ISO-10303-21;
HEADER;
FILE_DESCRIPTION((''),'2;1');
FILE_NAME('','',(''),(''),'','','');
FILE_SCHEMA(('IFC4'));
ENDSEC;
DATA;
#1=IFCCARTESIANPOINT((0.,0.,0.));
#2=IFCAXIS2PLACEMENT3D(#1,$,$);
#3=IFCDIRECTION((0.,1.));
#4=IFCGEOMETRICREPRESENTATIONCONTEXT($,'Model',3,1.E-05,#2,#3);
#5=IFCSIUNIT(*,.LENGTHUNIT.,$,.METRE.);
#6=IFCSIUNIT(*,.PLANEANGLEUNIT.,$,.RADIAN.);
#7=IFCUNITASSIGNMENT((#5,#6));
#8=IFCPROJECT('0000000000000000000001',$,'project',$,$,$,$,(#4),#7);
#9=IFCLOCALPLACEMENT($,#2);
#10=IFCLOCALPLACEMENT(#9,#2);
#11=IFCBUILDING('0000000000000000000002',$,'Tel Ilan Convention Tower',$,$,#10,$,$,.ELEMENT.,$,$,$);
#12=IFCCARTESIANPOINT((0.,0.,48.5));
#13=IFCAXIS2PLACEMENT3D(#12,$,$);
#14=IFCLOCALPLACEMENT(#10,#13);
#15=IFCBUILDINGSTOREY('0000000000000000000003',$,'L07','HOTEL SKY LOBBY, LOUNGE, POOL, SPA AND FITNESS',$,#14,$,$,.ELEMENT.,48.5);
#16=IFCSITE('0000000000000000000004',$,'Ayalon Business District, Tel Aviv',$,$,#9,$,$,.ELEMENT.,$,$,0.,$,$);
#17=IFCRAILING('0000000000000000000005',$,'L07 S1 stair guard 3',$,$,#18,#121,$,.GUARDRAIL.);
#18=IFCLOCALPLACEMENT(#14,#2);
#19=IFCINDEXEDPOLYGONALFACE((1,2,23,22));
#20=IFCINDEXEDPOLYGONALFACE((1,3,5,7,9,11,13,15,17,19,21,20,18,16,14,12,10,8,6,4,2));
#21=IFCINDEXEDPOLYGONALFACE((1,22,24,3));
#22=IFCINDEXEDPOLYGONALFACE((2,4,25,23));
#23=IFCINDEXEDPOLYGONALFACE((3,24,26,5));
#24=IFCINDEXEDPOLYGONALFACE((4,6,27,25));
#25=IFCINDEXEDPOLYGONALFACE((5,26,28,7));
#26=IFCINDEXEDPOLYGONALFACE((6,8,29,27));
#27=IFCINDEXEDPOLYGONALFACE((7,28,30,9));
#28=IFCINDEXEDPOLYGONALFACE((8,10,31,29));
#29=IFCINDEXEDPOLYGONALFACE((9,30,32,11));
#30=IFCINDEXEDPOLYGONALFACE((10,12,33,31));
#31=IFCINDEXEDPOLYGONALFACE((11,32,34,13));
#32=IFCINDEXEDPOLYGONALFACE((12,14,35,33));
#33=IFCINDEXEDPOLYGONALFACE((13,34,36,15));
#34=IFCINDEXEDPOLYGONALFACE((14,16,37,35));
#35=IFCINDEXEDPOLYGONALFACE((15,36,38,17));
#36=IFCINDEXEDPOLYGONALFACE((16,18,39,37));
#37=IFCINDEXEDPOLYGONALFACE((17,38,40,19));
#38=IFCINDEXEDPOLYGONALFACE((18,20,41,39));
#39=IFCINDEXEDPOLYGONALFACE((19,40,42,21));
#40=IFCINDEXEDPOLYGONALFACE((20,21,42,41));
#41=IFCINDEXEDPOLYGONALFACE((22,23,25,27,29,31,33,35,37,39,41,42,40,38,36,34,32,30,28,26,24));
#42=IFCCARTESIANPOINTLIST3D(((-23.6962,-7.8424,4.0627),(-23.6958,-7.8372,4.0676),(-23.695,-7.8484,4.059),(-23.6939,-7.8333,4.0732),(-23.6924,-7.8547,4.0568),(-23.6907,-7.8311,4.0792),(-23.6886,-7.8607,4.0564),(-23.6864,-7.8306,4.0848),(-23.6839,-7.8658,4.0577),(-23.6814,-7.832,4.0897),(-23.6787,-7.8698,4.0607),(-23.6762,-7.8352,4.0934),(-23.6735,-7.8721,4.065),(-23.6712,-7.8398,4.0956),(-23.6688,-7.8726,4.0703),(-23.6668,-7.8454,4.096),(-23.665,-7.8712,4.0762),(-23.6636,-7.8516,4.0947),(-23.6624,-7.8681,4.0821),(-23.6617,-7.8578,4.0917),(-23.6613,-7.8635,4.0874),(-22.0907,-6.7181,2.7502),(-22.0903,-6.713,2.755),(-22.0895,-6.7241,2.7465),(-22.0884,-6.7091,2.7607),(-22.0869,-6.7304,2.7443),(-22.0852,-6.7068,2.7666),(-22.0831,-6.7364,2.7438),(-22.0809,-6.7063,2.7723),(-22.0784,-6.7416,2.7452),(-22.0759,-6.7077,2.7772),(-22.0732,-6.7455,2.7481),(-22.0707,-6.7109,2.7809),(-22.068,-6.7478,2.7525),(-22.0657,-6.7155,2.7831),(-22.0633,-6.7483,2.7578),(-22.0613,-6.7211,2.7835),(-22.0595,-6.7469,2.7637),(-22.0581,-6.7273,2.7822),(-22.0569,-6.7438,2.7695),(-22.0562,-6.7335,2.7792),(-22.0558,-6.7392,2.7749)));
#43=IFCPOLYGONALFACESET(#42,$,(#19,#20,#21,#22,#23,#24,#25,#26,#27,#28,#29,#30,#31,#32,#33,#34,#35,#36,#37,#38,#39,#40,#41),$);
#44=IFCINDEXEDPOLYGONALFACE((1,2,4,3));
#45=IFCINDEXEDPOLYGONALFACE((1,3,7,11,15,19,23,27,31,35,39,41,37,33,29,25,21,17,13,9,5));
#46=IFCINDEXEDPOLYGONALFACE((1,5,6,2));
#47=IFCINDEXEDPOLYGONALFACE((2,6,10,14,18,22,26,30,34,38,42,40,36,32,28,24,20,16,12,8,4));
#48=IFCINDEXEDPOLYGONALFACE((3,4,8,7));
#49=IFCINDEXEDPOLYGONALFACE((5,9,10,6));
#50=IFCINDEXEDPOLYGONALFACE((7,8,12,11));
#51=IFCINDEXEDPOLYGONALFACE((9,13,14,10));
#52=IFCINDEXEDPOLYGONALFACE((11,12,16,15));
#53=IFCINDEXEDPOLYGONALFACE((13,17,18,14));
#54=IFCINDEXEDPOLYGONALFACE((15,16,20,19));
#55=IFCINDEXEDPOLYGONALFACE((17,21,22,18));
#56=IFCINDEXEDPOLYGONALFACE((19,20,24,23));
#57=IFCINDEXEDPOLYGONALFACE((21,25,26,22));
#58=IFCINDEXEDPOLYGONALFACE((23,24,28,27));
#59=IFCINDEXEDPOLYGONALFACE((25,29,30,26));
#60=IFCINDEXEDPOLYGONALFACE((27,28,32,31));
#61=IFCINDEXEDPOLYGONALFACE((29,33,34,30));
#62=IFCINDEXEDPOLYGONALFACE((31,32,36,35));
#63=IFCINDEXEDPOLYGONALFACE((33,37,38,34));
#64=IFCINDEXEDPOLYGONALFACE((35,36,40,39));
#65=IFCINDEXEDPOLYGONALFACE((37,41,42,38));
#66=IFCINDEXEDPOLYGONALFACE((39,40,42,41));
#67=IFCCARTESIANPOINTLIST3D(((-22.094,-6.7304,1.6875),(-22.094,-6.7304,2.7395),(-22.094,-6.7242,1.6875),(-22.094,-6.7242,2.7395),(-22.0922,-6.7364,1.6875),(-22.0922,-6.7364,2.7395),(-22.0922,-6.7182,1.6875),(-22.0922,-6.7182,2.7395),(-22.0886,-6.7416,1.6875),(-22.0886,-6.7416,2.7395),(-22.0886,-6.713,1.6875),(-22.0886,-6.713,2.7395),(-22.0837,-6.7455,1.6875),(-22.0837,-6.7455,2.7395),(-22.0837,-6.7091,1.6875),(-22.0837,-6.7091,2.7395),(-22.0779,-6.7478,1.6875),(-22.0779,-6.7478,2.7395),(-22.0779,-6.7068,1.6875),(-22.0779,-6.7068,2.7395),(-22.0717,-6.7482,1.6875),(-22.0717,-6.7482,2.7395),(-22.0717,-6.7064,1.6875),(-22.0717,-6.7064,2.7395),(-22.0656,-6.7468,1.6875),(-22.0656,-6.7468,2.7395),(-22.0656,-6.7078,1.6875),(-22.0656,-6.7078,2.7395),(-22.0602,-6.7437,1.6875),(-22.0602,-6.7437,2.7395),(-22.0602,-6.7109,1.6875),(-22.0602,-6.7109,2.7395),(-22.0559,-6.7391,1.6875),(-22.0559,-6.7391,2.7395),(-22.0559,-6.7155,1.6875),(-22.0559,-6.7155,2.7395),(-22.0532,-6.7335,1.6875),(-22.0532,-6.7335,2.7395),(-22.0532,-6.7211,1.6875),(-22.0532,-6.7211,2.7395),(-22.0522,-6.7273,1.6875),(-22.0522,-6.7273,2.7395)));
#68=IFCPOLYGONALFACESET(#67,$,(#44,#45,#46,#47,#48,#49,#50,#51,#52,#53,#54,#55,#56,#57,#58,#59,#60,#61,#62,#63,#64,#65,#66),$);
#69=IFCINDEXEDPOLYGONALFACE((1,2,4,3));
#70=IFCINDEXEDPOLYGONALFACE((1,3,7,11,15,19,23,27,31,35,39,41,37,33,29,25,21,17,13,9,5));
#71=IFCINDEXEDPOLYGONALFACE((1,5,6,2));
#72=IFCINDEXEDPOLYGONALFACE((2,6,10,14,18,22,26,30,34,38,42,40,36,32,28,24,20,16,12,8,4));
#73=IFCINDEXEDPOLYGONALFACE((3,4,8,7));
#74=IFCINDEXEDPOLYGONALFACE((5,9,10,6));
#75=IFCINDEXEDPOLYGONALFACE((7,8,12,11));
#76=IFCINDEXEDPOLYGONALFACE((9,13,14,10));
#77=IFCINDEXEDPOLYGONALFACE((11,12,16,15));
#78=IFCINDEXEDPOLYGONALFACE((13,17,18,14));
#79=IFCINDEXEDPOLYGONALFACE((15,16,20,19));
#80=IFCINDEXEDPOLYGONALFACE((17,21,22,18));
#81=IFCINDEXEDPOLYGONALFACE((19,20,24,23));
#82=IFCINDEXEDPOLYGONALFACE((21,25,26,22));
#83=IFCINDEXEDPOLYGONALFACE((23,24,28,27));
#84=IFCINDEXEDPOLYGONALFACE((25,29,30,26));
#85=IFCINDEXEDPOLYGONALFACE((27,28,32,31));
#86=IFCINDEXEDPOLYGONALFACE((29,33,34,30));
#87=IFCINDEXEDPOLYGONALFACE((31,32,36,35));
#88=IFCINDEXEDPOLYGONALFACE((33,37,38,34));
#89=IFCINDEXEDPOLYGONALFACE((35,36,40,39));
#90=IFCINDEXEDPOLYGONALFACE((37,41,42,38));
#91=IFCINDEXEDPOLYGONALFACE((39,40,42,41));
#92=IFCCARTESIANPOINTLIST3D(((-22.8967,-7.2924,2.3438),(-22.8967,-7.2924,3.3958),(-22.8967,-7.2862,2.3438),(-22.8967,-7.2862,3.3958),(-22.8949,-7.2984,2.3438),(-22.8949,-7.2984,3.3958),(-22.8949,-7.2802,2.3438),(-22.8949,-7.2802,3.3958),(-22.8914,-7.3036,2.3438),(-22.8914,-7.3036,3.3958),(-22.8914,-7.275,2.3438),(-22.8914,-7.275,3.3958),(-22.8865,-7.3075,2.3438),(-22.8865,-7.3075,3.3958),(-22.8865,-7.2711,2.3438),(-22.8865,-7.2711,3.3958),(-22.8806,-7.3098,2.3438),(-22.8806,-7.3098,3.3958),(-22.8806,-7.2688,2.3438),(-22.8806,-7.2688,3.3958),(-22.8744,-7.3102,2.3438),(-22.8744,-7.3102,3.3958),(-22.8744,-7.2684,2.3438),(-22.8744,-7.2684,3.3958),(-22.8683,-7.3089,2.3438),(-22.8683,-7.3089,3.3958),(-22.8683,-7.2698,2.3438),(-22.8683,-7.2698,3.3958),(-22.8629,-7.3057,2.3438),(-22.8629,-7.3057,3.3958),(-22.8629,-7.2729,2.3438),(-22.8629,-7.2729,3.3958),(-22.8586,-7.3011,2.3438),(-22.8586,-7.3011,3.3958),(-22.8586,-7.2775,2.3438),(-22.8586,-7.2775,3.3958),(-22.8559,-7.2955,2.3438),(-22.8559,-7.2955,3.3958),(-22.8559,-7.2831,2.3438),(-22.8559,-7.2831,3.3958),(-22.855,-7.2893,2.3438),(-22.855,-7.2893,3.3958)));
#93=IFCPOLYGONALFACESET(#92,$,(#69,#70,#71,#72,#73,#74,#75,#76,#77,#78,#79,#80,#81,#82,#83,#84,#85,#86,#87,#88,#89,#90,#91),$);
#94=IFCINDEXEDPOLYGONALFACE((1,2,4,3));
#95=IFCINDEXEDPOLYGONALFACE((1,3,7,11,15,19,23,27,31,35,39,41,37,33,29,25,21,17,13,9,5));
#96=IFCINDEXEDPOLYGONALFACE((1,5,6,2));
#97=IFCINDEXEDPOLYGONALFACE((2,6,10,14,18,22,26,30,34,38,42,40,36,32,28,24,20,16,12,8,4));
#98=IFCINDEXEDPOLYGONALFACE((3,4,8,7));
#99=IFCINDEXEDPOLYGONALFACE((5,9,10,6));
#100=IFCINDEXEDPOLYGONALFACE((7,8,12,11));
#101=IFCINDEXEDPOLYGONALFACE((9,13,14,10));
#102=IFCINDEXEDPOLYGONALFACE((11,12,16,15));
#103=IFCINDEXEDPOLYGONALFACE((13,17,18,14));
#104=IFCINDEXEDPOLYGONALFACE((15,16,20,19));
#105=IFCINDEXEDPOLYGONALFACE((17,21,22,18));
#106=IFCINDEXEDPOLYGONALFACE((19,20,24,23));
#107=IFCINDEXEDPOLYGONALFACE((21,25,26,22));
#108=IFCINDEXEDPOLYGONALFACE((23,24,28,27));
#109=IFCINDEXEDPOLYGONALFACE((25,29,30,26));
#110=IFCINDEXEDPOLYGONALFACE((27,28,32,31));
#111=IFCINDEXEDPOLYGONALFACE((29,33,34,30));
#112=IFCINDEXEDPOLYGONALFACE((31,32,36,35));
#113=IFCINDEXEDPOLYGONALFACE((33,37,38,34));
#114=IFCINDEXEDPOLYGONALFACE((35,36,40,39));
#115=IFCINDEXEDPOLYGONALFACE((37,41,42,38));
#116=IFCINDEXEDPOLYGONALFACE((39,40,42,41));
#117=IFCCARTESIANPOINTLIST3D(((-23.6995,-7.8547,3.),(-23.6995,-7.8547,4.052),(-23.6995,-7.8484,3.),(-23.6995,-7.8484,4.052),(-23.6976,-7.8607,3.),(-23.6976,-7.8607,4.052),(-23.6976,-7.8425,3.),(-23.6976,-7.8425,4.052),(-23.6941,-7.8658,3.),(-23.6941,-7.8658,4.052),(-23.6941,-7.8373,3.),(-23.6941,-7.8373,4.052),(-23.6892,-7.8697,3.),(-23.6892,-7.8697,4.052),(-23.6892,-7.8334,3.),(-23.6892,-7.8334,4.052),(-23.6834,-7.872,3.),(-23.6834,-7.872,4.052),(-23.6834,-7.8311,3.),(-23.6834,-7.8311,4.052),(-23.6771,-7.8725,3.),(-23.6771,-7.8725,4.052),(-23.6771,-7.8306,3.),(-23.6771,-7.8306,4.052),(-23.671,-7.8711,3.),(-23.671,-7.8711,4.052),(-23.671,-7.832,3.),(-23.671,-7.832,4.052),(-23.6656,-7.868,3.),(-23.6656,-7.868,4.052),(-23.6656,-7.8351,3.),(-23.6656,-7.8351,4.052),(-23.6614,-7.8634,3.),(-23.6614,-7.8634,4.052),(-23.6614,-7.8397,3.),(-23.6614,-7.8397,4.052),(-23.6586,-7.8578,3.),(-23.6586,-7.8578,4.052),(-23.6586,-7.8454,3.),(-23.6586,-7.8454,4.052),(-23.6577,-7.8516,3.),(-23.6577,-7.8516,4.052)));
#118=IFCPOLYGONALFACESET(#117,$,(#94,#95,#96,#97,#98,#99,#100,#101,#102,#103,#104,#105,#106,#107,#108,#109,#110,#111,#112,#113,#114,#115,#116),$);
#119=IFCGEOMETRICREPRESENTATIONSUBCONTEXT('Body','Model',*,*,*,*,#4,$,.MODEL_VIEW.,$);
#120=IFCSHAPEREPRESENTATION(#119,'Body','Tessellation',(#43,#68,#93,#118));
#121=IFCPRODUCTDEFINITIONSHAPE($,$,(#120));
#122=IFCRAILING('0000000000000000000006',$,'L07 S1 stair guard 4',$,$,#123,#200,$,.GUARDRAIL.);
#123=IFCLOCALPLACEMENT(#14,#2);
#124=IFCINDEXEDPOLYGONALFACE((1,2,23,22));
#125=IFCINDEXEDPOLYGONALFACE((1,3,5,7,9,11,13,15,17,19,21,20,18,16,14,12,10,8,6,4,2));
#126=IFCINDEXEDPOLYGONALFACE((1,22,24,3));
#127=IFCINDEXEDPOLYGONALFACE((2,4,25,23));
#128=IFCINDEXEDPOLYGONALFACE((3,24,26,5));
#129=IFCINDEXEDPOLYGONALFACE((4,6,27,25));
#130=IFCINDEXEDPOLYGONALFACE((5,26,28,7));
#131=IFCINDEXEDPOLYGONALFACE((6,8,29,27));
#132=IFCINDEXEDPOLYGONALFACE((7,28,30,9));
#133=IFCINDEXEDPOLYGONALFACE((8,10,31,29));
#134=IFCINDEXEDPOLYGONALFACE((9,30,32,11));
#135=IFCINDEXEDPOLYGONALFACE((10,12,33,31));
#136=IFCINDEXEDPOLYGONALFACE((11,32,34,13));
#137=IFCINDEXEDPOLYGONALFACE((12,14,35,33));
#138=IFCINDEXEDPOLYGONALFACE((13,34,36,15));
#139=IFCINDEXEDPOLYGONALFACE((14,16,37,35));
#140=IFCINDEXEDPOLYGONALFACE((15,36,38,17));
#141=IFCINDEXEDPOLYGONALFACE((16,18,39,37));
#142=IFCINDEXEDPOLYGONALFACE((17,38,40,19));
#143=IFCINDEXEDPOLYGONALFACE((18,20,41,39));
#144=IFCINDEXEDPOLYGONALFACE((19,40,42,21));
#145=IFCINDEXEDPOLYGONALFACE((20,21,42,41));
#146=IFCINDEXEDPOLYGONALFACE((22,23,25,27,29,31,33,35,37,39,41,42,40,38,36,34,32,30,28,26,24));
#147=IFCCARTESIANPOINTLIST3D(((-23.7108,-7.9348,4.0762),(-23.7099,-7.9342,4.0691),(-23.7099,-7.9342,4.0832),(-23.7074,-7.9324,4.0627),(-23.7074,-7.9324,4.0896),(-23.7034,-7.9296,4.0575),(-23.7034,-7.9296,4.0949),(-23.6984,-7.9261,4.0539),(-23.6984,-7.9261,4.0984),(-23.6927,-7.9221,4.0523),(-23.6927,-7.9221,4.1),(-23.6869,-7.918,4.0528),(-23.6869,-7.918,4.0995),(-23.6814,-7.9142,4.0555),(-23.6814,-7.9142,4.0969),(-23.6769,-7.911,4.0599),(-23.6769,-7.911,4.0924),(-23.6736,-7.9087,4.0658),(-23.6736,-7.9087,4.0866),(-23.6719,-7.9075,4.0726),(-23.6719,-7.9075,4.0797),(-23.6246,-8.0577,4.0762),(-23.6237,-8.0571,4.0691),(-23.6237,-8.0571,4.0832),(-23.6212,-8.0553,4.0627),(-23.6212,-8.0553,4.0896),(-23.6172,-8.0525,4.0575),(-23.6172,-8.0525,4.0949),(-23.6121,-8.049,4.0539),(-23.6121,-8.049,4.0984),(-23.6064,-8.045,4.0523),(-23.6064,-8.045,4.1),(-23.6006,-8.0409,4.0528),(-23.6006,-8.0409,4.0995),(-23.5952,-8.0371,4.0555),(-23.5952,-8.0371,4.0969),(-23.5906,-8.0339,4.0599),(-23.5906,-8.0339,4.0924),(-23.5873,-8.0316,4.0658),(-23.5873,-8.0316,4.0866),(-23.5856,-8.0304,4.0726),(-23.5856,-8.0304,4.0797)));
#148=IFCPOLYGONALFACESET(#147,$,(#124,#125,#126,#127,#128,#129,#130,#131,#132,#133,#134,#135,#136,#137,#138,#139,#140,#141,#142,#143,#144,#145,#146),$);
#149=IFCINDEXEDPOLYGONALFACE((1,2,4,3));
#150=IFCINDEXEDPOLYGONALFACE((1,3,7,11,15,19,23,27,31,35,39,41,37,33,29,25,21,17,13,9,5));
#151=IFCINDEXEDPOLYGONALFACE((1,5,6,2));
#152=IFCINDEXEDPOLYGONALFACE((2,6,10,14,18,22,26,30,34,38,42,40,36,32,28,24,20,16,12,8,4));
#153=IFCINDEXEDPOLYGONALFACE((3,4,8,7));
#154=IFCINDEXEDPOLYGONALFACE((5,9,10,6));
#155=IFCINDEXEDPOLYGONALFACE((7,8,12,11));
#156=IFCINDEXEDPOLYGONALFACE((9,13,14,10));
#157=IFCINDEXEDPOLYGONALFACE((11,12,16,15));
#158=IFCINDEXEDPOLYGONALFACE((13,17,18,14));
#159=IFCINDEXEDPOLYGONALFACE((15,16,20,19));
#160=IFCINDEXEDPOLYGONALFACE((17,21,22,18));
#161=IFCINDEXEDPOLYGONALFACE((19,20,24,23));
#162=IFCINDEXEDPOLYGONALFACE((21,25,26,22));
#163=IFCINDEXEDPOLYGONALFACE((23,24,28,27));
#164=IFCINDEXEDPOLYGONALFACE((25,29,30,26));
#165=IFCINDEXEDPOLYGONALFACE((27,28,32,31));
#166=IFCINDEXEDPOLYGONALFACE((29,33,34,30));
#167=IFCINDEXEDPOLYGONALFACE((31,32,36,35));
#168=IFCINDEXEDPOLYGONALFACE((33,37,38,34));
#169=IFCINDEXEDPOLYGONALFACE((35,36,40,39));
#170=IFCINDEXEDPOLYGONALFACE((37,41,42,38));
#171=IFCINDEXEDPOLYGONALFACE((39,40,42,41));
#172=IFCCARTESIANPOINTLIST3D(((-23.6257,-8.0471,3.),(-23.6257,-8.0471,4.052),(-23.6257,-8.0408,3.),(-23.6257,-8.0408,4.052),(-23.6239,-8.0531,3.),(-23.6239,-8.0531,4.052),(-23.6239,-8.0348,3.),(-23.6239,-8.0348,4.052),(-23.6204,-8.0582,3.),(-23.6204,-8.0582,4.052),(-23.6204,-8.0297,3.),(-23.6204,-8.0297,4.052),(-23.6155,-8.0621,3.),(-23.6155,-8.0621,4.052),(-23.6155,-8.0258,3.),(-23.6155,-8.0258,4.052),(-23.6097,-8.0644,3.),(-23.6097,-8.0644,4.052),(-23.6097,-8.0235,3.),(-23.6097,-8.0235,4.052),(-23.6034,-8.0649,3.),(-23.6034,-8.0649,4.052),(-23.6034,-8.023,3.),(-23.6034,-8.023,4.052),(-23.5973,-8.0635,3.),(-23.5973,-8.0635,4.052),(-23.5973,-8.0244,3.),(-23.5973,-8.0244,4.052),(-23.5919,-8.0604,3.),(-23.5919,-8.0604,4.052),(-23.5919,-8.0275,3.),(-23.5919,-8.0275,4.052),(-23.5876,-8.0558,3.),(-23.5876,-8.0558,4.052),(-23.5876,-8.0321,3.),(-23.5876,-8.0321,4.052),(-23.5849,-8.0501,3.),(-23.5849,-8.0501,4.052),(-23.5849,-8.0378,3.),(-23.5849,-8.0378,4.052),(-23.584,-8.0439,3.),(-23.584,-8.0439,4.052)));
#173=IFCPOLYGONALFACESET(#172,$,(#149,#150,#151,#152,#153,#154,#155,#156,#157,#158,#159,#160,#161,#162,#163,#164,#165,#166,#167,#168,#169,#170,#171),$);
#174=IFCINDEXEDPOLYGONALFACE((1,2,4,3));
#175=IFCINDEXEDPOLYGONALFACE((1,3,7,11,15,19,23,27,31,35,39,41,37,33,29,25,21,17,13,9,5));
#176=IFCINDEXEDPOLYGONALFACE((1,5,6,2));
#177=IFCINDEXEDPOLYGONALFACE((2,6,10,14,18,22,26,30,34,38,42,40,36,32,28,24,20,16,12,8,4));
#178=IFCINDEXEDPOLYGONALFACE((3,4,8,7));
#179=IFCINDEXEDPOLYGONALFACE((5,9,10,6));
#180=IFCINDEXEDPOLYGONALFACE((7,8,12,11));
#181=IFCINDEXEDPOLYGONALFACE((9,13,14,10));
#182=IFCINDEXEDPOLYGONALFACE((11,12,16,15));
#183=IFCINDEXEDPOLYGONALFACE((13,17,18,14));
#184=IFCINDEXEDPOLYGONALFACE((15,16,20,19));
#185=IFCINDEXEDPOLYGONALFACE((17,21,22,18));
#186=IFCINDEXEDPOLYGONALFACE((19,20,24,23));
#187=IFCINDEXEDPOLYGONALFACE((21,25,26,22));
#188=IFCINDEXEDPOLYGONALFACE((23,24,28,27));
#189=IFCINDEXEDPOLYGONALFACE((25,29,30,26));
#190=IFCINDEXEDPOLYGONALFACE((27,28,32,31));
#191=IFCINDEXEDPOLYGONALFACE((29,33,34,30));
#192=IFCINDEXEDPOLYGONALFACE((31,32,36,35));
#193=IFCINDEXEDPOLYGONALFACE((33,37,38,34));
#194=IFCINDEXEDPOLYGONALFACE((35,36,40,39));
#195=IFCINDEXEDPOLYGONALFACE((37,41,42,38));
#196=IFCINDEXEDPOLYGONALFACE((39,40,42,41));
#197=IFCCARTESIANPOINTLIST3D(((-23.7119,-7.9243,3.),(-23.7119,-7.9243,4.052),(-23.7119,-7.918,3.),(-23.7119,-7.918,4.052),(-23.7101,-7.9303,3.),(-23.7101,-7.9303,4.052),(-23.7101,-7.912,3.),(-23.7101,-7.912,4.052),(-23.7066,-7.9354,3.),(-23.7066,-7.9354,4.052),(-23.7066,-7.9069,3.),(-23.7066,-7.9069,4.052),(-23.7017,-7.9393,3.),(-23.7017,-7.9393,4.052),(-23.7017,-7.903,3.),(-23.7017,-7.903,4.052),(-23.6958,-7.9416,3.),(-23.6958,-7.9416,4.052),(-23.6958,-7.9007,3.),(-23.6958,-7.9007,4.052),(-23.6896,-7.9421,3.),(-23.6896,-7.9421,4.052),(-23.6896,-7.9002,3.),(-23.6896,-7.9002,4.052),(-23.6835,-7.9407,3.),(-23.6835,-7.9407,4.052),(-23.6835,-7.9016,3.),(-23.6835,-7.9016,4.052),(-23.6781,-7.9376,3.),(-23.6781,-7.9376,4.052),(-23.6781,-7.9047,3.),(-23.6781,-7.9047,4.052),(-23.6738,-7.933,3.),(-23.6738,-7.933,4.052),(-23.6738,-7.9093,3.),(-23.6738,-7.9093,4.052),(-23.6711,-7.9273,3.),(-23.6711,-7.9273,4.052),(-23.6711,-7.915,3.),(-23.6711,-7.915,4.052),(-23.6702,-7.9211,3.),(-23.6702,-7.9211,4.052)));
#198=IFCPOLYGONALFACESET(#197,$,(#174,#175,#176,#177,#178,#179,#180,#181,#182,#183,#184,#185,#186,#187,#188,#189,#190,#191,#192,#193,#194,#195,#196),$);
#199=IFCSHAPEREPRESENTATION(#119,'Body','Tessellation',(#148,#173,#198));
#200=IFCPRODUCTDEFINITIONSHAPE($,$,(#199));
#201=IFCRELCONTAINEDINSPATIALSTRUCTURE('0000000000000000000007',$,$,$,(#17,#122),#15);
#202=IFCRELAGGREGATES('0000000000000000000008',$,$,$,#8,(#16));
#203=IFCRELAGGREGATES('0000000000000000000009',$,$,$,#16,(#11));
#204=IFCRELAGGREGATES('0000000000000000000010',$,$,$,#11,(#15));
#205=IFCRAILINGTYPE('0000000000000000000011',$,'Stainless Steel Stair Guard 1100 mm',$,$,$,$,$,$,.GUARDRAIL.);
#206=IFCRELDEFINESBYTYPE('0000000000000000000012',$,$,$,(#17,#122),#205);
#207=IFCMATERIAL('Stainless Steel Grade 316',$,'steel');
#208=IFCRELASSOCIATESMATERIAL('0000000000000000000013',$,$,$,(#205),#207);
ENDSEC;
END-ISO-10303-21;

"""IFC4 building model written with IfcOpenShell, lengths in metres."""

from ifc_helpers import new_model, si_unit, direction, frame, origin, origin_2d, place, context, subcontext, project, spatial, circle, extrude, material, type_object, element, save


model = new_model("IFC4")

# Units and contexts
model_context = context("Model", 3, precision=1e-05, world=origin(), true_north=direction((0.0, 1.0)))
body_context = subcontext(model_context, "Body", "Model", "MODEL_VIEW")
ifc_project = project(units=[si_unit("LENGTHUNIT", "METRE"), si_unit("PLANEANGLEUNIT", "RADIAN")], contexts=[model_context])

# Site, building, storey
site_placement = place(None, origin())
site = spatial("IfcSite", under=ifc_project, at=site_placement, Name="Ayalon Business District, Tel Aviv", CompositionType="ELEMENT", RefElevation=0.0)
building_placement = place(site_placement, origin())
building = spatial("IfcBuilding", under=site, at=building_placement, Name="Tel Ilan Convention Tower", CompositionType="ELEMENT")
storey_placement = place(building_placement, frame((0.0, 0.0, 48.5)))
storey = spatial("IfcBuildingStorey", under=building, at=storey_placement, Name="L07", Description="HOTEL SKY LOBBY, LOUNGE, POOL, SPA AND FITNESS", CompositionType="ELEMENT", Elevation=48.5)

# Railings
ifc_material_1 = material(Name="Stainless Steel Grade 316", Category="steel")
railing_type_1 = type_object("IfcRailingType", Name="Stainless Steel Stair Guard 1100 mm", PredefinedType="GUARDRAIL", material=ifc_material_1)
railing_1_placement = place(storey_placement, frame((-22.0732, -6.7273, 1.6875)))
element("IfcRailing", 1, at=railing_1_placement, inside=storey, type_object=railing_type_1, Name="L07 S1 stair guard 3", PredefinedType="GUARDRAIL", context=body_context, shape_type="SweptSolid", body=[
    extrude(circle(Radius=0.0239, at=origin_2d()), frame((0.0, 0.0, 1.0762), z_axis=(-0.680616, -0.476617, 0.556416), x_axis=(0.573613, -0.819127, 0.0)), (0.0, 0.0, 1.0), 2.3589),
    extrude(circle(Radius=0.021, at=origin_2d()), origin(), (0.0, 0.0, 1.0), 1.052),
    extrude(circle(Radius=0.021, at=origin_2d()), frame((-0.8027, -0.562, 0.6562)), (0.0, 0.0, 1.0), 1.052),
    extrude(circle(Radius=0.021, at=origin_2d()), frame((-1.6055, -1.1243, 1.3125)), (0.0, 0.0, 1.0), 1.052),
])
railing_2_placement = place(storey_placement, frame((-23.605, -8.0439, 3.0)))
element("IfcRailing", 2, at=railing_2_placement, inside=storey, type_object=railing_type_1, Name="L07 S1 stair guard 4", PredefinedType="GUARDRAIL", context=body_context, shape_type="SweptSolid", body=[
    extrude(circle(Radius=0.0239, at=origin_2d()), frame((0.0, 0.0, 1.0762), z_axis=(-0.574445, 0.818543, 0.0), x_axis=(-0.818543, -0.574445, 0.0)), (0.0, 0.0, 1.0), 0.1501),
    extrude(circle(Radius=0.021, at=origin_2d()), origin(), (0.0, 0.0, 1.0), 1.052),
    extrude(circle(Radius=0.021, at=origin_2d()), frame((-0.0862, 0.1228, 0.0)), (0.0, 0.0, 1.0), 1.052),
])

save(model, "model.ifc")
